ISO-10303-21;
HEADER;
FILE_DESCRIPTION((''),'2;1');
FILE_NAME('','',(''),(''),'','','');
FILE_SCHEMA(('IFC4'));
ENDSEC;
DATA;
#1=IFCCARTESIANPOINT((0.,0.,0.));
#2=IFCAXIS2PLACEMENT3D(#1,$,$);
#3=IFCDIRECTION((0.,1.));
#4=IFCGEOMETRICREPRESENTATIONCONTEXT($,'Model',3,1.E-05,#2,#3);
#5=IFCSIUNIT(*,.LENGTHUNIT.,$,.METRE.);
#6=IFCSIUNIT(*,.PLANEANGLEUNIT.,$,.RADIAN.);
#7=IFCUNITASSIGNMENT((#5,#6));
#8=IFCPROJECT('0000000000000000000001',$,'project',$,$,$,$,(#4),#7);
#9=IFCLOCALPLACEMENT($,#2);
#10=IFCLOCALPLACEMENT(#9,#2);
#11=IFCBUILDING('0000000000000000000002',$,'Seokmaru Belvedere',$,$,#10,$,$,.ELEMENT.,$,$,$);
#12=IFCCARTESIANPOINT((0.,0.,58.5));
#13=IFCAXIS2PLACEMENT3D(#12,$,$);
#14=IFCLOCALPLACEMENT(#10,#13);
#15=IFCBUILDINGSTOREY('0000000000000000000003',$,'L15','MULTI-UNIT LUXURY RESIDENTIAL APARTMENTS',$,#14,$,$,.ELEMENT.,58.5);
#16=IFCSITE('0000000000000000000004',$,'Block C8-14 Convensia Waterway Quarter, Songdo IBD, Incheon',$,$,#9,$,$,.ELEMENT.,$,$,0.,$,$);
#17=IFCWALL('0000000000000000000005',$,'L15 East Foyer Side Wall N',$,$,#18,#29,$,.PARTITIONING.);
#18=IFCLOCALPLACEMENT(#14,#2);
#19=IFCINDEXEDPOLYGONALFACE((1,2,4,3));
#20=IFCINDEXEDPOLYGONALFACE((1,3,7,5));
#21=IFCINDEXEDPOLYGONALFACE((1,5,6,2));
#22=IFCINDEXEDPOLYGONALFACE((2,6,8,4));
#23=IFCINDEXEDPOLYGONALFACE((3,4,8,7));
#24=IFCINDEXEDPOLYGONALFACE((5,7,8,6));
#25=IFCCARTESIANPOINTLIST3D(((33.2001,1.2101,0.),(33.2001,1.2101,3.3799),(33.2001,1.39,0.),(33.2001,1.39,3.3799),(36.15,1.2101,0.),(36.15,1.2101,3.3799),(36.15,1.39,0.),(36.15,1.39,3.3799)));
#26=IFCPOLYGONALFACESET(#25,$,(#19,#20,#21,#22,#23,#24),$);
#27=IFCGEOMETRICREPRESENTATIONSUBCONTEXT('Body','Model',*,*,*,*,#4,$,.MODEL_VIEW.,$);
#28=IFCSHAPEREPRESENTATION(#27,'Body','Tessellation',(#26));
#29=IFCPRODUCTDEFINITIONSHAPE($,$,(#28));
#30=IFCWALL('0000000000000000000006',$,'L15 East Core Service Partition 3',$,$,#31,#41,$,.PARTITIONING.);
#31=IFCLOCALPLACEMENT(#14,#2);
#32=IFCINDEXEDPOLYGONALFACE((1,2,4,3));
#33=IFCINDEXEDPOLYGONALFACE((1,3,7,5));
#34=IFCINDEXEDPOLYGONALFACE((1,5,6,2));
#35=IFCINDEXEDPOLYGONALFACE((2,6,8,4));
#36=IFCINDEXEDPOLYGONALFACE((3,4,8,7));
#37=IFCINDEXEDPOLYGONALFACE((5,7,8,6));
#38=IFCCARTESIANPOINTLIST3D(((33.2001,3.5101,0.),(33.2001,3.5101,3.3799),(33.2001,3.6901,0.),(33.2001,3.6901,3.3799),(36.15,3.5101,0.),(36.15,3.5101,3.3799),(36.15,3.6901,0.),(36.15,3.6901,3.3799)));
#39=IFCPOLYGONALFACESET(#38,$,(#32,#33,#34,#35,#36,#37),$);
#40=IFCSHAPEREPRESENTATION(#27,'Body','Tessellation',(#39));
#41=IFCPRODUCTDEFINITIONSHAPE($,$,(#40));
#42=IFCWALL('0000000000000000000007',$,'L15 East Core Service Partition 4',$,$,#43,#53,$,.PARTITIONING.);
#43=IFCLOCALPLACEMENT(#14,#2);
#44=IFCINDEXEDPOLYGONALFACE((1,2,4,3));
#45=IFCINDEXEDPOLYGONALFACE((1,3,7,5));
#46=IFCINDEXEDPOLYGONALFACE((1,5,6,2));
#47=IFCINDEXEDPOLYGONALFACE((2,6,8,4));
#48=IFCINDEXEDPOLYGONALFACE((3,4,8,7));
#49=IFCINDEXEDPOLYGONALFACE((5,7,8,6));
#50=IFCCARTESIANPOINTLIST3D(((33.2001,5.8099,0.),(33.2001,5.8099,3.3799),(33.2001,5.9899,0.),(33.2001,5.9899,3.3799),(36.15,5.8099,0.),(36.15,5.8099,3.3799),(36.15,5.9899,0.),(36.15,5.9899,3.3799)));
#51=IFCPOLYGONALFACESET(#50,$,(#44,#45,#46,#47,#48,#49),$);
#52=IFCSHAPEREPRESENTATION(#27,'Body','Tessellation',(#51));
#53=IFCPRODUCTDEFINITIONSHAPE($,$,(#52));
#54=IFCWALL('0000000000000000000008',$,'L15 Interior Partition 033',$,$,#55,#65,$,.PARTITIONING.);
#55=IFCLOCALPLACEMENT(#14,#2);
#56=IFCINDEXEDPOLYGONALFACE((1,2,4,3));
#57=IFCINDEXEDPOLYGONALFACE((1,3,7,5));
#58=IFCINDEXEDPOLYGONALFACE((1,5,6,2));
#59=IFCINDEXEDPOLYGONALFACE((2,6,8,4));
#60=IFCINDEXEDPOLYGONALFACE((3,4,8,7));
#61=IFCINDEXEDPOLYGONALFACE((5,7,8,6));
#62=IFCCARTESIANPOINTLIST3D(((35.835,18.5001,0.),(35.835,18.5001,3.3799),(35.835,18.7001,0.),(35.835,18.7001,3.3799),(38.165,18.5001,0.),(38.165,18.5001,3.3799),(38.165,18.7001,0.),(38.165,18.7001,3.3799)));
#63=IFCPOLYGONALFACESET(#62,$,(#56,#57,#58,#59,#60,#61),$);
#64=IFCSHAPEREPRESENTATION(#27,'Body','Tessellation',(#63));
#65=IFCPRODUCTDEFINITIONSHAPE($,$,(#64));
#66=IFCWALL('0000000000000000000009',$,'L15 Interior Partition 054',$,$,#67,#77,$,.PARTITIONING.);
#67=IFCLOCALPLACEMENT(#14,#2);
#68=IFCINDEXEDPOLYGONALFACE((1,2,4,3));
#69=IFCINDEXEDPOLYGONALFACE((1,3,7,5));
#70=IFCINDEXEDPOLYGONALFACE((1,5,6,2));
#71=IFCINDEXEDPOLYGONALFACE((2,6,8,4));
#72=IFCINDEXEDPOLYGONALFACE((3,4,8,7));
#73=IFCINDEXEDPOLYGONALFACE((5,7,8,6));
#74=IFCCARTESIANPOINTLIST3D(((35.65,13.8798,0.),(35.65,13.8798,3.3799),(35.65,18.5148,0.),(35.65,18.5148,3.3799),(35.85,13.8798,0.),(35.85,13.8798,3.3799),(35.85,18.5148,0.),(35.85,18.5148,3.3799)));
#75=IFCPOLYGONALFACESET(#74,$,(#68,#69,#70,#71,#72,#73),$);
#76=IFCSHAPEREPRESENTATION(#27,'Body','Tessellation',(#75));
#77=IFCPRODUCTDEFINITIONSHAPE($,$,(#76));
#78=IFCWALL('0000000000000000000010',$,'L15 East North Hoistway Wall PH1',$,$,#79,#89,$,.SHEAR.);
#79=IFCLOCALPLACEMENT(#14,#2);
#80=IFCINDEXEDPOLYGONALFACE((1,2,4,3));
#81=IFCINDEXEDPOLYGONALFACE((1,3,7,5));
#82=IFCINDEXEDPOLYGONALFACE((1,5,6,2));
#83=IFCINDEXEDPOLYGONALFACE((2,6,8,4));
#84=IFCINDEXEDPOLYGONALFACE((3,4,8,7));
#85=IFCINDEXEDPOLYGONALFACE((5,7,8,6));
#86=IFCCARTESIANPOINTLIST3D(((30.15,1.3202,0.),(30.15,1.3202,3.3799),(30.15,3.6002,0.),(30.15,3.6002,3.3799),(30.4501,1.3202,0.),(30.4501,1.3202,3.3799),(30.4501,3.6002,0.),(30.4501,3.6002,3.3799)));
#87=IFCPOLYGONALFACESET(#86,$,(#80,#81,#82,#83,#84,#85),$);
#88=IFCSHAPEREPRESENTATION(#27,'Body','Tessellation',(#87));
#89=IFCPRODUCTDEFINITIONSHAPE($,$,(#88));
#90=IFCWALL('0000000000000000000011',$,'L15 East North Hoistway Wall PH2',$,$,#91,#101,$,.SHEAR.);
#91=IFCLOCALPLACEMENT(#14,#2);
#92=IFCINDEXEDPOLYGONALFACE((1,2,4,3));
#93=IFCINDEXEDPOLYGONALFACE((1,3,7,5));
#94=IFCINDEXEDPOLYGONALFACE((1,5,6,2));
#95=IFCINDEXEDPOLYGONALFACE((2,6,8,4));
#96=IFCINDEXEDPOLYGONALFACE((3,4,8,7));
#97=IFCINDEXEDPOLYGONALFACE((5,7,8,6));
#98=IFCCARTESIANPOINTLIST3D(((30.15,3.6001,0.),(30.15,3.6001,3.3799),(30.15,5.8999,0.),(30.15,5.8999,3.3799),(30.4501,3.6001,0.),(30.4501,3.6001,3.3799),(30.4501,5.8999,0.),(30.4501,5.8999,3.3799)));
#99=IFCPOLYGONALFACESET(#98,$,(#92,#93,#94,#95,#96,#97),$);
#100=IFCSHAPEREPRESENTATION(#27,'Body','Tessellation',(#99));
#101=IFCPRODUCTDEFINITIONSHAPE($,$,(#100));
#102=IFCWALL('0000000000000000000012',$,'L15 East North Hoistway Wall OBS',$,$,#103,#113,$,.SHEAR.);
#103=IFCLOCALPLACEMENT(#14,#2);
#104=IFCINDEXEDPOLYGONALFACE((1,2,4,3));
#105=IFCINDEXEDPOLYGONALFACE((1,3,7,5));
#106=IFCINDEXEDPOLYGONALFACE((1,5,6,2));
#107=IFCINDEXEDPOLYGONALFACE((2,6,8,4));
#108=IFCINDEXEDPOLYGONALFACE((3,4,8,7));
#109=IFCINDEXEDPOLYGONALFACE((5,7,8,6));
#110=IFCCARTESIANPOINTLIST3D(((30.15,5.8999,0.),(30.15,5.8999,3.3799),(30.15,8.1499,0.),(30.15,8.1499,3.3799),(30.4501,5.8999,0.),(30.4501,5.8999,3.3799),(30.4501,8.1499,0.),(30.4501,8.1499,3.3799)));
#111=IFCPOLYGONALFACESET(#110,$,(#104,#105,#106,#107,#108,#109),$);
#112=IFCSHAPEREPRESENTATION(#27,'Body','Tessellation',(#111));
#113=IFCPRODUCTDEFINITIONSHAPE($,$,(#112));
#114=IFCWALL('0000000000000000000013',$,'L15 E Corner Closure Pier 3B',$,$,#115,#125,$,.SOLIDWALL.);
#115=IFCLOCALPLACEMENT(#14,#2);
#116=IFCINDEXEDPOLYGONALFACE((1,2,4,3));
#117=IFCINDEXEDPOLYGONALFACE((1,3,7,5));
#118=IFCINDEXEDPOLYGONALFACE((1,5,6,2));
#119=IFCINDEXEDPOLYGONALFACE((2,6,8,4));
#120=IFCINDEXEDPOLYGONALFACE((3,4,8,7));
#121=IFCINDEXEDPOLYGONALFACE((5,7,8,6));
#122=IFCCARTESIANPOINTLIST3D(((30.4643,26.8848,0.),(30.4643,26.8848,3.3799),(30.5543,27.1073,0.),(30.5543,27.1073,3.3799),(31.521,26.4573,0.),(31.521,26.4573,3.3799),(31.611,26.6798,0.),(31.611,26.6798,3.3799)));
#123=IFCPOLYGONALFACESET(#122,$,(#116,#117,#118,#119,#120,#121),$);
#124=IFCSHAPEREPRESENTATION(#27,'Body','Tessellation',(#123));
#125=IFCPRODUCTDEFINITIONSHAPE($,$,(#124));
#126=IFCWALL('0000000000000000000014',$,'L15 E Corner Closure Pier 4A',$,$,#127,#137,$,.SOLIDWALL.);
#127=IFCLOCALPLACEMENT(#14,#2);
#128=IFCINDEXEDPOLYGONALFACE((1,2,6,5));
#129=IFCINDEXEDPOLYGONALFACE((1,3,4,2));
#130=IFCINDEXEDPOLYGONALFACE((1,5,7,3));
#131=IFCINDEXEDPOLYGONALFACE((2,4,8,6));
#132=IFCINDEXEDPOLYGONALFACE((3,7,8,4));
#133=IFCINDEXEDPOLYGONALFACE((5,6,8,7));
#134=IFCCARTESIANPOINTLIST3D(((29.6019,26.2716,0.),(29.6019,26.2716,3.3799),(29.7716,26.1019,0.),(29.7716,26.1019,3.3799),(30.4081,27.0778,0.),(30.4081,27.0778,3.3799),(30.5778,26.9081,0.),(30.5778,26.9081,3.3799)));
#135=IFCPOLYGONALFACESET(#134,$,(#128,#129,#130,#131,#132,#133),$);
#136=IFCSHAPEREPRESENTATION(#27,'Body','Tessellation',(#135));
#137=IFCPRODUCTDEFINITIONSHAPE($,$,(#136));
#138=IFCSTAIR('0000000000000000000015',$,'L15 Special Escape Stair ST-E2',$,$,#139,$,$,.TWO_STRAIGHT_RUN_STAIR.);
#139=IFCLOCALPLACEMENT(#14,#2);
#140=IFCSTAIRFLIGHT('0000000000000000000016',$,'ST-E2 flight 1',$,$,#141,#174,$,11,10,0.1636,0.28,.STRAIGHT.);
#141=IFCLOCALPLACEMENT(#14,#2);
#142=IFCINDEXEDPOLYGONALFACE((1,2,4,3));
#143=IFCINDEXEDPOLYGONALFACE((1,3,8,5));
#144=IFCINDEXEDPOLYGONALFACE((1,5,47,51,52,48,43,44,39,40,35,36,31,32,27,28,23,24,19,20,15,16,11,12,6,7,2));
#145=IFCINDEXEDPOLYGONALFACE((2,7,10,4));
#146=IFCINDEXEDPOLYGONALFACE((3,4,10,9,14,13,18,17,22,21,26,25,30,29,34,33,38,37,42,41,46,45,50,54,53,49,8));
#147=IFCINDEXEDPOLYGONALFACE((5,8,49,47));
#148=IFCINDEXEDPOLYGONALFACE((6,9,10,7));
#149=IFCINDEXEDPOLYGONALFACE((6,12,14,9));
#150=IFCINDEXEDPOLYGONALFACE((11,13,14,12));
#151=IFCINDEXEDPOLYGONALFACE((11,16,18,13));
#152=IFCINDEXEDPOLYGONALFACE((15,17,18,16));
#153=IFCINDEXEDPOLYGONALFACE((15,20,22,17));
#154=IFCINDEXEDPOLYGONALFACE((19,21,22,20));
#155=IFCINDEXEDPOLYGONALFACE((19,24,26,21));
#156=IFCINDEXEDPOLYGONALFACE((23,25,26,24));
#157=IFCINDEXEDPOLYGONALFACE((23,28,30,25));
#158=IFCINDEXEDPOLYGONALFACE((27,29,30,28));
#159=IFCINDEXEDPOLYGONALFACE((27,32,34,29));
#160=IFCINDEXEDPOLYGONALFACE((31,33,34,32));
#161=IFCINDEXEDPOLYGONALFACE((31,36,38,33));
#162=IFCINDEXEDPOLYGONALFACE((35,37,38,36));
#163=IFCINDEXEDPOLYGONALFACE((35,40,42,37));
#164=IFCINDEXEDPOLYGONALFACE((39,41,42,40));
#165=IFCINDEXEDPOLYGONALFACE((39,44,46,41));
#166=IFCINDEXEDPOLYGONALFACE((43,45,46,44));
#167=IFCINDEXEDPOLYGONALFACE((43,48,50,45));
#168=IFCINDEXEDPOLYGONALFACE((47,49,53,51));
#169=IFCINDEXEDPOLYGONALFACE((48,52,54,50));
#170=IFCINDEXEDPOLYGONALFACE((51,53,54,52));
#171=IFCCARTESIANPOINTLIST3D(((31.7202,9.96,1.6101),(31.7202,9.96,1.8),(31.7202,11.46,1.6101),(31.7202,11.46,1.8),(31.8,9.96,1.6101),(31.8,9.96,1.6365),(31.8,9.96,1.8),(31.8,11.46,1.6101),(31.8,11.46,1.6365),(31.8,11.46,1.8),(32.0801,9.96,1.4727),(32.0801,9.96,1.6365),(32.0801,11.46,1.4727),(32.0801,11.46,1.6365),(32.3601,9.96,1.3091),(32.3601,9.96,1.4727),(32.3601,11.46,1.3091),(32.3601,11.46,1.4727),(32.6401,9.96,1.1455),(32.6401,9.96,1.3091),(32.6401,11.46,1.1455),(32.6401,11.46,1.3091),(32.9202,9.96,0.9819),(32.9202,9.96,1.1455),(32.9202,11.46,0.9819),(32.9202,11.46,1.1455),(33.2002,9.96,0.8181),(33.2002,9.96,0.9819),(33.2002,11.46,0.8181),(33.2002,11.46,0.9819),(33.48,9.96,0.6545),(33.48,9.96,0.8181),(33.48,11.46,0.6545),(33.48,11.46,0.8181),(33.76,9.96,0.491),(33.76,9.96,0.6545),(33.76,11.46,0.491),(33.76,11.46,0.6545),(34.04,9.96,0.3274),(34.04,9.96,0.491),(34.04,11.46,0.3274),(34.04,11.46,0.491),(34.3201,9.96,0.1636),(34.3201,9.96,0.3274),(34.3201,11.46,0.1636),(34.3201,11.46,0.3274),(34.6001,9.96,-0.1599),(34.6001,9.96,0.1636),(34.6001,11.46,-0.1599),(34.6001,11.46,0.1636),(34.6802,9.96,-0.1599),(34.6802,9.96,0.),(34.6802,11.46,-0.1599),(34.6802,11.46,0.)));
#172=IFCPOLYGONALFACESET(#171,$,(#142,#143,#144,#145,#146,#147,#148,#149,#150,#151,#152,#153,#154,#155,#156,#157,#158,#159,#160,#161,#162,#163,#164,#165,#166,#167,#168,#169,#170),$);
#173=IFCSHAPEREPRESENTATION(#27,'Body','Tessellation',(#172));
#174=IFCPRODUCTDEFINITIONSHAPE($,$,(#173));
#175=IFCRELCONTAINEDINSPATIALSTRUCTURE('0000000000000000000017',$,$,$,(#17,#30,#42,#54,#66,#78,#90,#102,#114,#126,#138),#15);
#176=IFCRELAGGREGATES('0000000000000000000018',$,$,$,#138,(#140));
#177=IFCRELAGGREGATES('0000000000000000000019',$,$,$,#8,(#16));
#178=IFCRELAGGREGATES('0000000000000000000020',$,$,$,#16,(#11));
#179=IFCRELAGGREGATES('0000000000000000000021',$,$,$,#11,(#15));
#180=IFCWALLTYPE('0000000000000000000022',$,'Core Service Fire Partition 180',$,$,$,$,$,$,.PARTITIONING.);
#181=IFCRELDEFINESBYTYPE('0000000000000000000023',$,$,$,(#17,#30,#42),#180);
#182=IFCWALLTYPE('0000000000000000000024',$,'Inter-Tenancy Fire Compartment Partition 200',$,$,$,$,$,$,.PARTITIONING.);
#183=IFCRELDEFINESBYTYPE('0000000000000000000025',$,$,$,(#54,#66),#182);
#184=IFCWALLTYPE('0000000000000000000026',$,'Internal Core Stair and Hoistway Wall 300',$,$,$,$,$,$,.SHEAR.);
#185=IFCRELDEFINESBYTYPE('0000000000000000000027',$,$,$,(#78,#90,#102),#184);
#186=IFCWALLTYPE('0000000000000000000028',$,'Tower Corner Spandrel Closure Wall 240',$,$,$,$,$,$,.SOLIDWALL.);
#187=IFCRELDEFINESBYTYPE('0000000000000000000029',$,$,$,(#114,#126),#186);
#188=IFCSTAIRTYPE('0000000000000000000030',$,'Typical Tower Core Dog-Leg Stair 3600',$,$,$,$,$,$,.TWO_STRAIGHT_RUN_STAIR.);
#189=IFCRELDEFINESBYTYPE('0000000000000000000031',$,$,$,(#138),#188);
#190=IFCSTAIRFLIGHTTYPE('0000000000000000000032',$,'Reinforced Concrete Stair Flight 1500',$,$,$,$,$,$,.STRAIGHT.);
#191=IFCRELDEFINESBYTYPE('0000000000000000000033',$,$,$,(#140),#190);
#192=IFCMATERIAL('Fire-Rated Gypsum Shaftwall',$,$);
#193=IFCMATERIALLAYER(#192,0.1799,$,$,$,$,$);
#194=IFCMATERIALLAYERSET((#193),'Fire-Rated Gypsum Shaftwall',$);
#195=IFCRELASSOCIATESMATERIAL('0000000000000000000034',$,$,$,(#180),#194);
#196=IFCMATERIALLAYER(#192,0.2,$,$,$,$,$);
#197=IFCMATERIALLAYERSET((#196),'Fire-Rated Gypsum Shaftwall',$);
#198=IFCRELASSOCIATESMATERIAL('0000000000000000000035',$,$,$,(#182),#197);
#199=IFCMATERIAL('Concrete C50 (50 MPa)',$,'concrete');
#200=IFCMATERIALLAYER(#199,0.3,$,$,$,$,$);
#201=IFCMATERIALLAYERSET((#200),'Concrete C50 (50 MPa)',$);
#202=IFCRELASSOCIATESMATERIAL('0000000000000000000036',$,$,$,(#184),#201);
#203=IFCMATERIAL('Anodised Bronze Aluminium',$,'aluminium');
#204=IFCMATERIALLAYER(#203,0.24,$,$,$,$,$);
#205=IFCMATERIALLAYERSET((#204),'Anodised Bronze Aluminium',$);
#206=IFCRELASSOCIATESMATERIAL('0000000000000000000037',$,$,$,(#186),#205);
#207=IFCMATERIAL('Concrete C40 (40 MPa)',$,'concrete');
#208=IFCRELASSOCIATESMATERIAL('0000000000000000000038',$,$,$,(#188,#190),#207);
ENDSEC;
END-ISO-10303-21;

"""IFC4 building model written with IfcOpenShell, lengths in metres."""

from ifc_helpers import new_model, si_unit, direction, frame, frame_2d, origin, place, context, subcontext, project, spatial, polyline, rectangle, outline, extrude, material, layer, layer_set, type_object, element, aggregate, save


model = new_model("IFC4")

# Units and contexts
model_context = context("Model", 3, precision=1e-05, world=origin(), true_north=direction((0.0, 1.0)))
body_context = subcontext(model_context, "Body", "Model", "MODEL_VIEW")
ifc_project = project(units=[si_unit("LENGTHUNIT", "METRE"), si_unit("PLANEANGLEUNIT", "RADIAN")], contexts=[model_context])

# Site, building, storey
site_placement = place(None, origin())
site = spatial("IfcSite", under=ifc_project, at=site_placement, Name="Block C8-14 Convensia Waterway Quarter, Songdo IBD, Incheon", CompositionType="ELEMENT", RefElevation=0.0)
building_placement = place(site_placement, origin())
building = spatial("IfcBuilding", under=site, at=building_placement, Name="Seokmaru Belvedere", CompositionType="ELEMENT")
storey_placement = place(building_placement, frame((0.0, 0.0, 58.5)))
storey = spatial("IfcBuildingStorey", under=building, at=storey_placement, Name="L15", Description="MULTI-UNIT LUXURY RESIDENTIAL APARTMENTS", CompositionType="ELEMENT", Elevation=58.5)

# Shared definitions
ifc_material_1 = material(Name="Anodised Bronze Aluminium", Category="aluminium")

# Shared definitions
ifc_material_2 = material(Name="Fire-Rated Gypsum Shaftwall")
ifc_layer_1 = layer(ifc_material_2, 0.1799)
ifc_layer_set_1 = layer_set([ifc_layer_1], Name="Fire-Rated Gypsum Shaftwall")
wall_type_1 = type_object("IfcWallType", Name="Core Service Fire Partition 180", PredefinedType="PARTITIONING", material=ifc_layer_set_1)

# Walls
for number, where, z_axis, x_axis, name in (
    (1, (33.2, 1.3, 0.0), (0.0, 0.0, 1.0), (1.0, 0.0, 0.0), "L15 East Foyer Side Wall N"),
    (2, (33.2, 3.6001, 0.0), (0.0, 0.0, 1.0), (1.0, 0.0, 0.0), "L15 East Core Service Partition 3"),
    (3, (33.2, 5.8999, 0.0), (0.0, 0.0, 1.0), (1.0, 0.0, 0.0), "L15 East Core Service Partition 4"),
):
    element("IfcWall", number, at=place(storey_placement, frame(where, z_axis=z_axis, x_axis=x_axis)), inside=storey, type_object=wall_type_1, Name=name, PredefinedType="PARTITIONING", context=body_context, shape_type="SweptSolid", body=[
        extrude(rectangle(XDim=2.95, YDim=0.1799, at=frame_2d((1.4751, 0.0))), origin(), (0.0, 0.0, 1.0), 3.3799),
    ])
ifc_layer_2 = layer(ifc_material_2, 0.2)
ifc_layer_set_2 = layer_set([ifc_layer_2], Name="Fire-Rated Gypsum Shaftwall")
wall_type_2 = type_object("IfcWallType", Name="Inter-Tenancy Fire Compartment Partition 200", PredefinedType="PARTITIONING", material=ifc_layer_set_2)
wall_1_placement = place(storey_placement, frame((35.835, 18.6001, 0.0), z_axis=(0.0, 0.0, 1.0), x_axis=(1.0, 0.0, 0.0)))
element("IfcWall", 4, at=wall_1_placement, inside=storey, type_object=wall_type_2, Name="L15 Interior Partition 033", PredefinedType="PARTITIONING", context=body_context, shape_type="SweptSolid", body=[
    extrude(rectangle(XDim=2.3301, YDim=0.2, at=frame_2d((1.165, 0.0))), origin(), (0.0, 0.0, 1.0), 3.3799),
])
wall_2_placement = place(storey_placement, frame((35.75, 13.8799, 0.0), z_axis=(0.0, 0.0, 1.0), x_axis=(0.0, 1.0, 0.0)))
element("IfcWall", 5, at=wall_2_placement, inside=storey, type_object=wall_type_2, Name="L15 Interior Partition 054", PredefinedType="PARTITIONING", context=body_context, shape_type="SweptSolid", body=[
    extrude(rectangle(XDim=4.635, YDim=0.2, at=frame_2d((2.3174, 0.0))), origin(), (0.0, 0.0, 1.0), 3.3799),
])
ifc_material_3 = material(Name="Concrete C50 (50 MPa)", Category="concrete")
ifc_layer_3 = layer(ifc_material_3, 0.3)
ifc_layer_set_3 = layer_set([ifc_layer_3], Name="Concrete C50 (50 MPa)")
wall_type_3 = type_object("IfcWallType", Name="Internal Core Stair and Hoistway Wall 300", PredefinedType="SHEAR", material=ifc_layer_set_3)
wall_3_placement = place(storey_placement, frame((30.3, 1.3201, 0.0), z_axis=(0.0, 0.0, 1.0), x_axis=(0.0, 1.0, 0.0)))
element("IfcWall", 6, at=wall_3_placement, inside=storey, type_object=wall_type_3, Name="L15 East North Hoistway Wall PH1", PredefinedType="SHEAR", context=body_context, shape_type="SweptSolid", body=[
    extrude(rectangle(XDim=2.28, YDim=0.3, at=frame_2d((1.1401, 0.0))), origin(), (0.0, 0.0, 1.0), 3.3799),
])
wall_4_placement = place(storey_placement, frame((30.3, 3.6001, 0.0), z_axis=(0.0, 0.0, 1.0), x_axis=(0.0, 1.0, 0.0)))
element("IfcWall", 7, at=wall_4_placement, inside=storey, type_object=wall_type_3, Name="L15 East North Hoistway Wall PH2", PredefinedType="SHEAR", context=body_context, shape_type="SweptSolid", body=[
    extrude(rectangle(XDim=2.2998, YDim=0.3, at=frame_2d((1.1499, 0.0))), origin(), (0.0, 0.0, 1.0), 3.3799),
])
wall_5_placement = place(storey_placement, frame((30.3, 5.8999, 0.0), z_axis=(0.0, 0.0, 1.0), x_axis=(0.0, 1.0, 0.0)))
element("IfcWall", 8, at=wall_5_placement, inside=storey, type_object=wall_type_3, Name="L15 East North Hoistway Wall OBS", PredefinedType="SHEAR", context=body_context, shape_type="SweptSolid", body=[
    extrude(rectangle(XDim=2.25, YDim=0.3, at=frame_2d((1.125, 0.0))), origin(), (0.0, 0.0, 1.0), 3.3799),
])

# Walls
ifc_layer_4 = layer(ifc_material_1, 0.24)
ifc_layer_set_4 = layer_set([ifc_layer_4], Name="Anodised Bronze Aluminium")
wall_type_4 = type_object("IfcWallType", Name="Tower Corner Spandrel Closure Wall 240", PredefinedType="SOLIDWALL", material=ifc_layer_set_4)
wall_6_placement = place(storey_placement, frame((31.5659, 26.5686, 0.0), z_axis=(0.0, 0.0, 1.0), x_axis=(-0.927007, 0.375044, 0.0)))
element("IfcWall", 9, at=wall_6_placement, inside=storey, type_object=wall_type_4, Name="L15 E Corner Closure Pier 3B", PredefinedType="SOLIDWALL", context=body_context, shape_type="SweptSolid", body=[
    extrude(rectangle(XDim=1.1399, YDim=0.24, at=frame_2d((0.5698, 0.0))), origin(), (0.0, 0.0, 1.0), 3.3799),
])
wall_7_placement = place(storey_placement, frame((30.4929, 26.9929, 0.0), z_axis=(0.0, 0.0, 1.0), x_axis=(-0.707107, -0.707107, 0.0)))
element("IfcWall", 10, at=wall_7_placement, inside=storey, type_object=wall_type_4, Name="L15 E Corner Closure Pier 4A", PredefinedType="SOLIDWALL", context=body_context, shape_type="SweptSolid", body=[
    extrude(rectangle(XDim=1.1401, YDim=0.24, at=frame_2d((0.5701, 0.0))), origin(), (0.0, 0.0, 1.0), 3.3799),
])

# Stair, stair flight
ifc_material_4 = material(Name="Concrete C40 (40 MPa)", Category="concrete")
stair_type = type_object("IfcStairType", Name="Typical Tower Core Dog-Leg Stair 3600", PredefinedType="TWO_STRAIGHT_RUN_STAIR", material=ifc_material_4)
stair_placement = place(storey_placement, origin())
stair = element("IfcStair", 11, at=stair_placement, inside=storey, type_object=stair_type, Name="L15 Special Escape Stair ST-E2", PredefinedType="TWO_STRAIGHT_RUN_STAIR")
stair_flight_type = type_object("IfcStairFlightType", Name="Reinforced Concrete Stair Flight 1500", PredefinedType="STRAIGHT", material=ifc_material_4)
stair_flight_1_placement = place(storey_placement, frame((34.6001, 10.71, 0.0), z_axis=(0.0, 0.0, 1.0), x_axis=(-1.0, 0.0, 0.0)))
stair_flight_1 = element("IfcStairFlight", 12, at=stair_flight_1_placement, type_object=stair_flight_type, Name="ST-E2 flight 1", NumberOfRisers=11, NumberOfTreads=10, PredefinedType="STRAIGHT", RiserHeight=0.1636, TreadLength=0.28, context=body_context, shape_type="SweptSolid", body=[
    extrude(outline(polyline([(-0.0801, 0.0), (0.0, 0.1636), (0.28, 0.1636), (0.28, 0.3274), (0.5601, 0.3274), (0.5601, 0.491), (0.8401, 0.491), (0.8401, 0.6545), (1.1201, 0.6545), (1.1201, 0.8181), (1.3999, 0.8181), (1.3999, 0.9819), (1.6799, 0.9819), (1.6799, 1.1455), (1.96, 1.1455), (1.96, 1.3091), (2.24, 1.3091), (2.24, 1.4727), (2.52, 1.4727), (2.52, 1.6365), (2.8, 1.6365), (2.8, 1.8), (2.8799, 1.8), (2.8799, 1.6101), (2.8, 1.6101), (0.0, -0.1599), (-0.0801, -0.1599), (-0.0801, 0.0)])), frame((0.0, 0.75, 0.0), z_axis=(0.0, -1.0, 0.0), x_axis=(1.0, 0.0, 0.0)), (0.0, 0.0, 1.0), 1.5),
])
aggregate(stair, [stair_flight_1])

save(model, "model.ifc")
